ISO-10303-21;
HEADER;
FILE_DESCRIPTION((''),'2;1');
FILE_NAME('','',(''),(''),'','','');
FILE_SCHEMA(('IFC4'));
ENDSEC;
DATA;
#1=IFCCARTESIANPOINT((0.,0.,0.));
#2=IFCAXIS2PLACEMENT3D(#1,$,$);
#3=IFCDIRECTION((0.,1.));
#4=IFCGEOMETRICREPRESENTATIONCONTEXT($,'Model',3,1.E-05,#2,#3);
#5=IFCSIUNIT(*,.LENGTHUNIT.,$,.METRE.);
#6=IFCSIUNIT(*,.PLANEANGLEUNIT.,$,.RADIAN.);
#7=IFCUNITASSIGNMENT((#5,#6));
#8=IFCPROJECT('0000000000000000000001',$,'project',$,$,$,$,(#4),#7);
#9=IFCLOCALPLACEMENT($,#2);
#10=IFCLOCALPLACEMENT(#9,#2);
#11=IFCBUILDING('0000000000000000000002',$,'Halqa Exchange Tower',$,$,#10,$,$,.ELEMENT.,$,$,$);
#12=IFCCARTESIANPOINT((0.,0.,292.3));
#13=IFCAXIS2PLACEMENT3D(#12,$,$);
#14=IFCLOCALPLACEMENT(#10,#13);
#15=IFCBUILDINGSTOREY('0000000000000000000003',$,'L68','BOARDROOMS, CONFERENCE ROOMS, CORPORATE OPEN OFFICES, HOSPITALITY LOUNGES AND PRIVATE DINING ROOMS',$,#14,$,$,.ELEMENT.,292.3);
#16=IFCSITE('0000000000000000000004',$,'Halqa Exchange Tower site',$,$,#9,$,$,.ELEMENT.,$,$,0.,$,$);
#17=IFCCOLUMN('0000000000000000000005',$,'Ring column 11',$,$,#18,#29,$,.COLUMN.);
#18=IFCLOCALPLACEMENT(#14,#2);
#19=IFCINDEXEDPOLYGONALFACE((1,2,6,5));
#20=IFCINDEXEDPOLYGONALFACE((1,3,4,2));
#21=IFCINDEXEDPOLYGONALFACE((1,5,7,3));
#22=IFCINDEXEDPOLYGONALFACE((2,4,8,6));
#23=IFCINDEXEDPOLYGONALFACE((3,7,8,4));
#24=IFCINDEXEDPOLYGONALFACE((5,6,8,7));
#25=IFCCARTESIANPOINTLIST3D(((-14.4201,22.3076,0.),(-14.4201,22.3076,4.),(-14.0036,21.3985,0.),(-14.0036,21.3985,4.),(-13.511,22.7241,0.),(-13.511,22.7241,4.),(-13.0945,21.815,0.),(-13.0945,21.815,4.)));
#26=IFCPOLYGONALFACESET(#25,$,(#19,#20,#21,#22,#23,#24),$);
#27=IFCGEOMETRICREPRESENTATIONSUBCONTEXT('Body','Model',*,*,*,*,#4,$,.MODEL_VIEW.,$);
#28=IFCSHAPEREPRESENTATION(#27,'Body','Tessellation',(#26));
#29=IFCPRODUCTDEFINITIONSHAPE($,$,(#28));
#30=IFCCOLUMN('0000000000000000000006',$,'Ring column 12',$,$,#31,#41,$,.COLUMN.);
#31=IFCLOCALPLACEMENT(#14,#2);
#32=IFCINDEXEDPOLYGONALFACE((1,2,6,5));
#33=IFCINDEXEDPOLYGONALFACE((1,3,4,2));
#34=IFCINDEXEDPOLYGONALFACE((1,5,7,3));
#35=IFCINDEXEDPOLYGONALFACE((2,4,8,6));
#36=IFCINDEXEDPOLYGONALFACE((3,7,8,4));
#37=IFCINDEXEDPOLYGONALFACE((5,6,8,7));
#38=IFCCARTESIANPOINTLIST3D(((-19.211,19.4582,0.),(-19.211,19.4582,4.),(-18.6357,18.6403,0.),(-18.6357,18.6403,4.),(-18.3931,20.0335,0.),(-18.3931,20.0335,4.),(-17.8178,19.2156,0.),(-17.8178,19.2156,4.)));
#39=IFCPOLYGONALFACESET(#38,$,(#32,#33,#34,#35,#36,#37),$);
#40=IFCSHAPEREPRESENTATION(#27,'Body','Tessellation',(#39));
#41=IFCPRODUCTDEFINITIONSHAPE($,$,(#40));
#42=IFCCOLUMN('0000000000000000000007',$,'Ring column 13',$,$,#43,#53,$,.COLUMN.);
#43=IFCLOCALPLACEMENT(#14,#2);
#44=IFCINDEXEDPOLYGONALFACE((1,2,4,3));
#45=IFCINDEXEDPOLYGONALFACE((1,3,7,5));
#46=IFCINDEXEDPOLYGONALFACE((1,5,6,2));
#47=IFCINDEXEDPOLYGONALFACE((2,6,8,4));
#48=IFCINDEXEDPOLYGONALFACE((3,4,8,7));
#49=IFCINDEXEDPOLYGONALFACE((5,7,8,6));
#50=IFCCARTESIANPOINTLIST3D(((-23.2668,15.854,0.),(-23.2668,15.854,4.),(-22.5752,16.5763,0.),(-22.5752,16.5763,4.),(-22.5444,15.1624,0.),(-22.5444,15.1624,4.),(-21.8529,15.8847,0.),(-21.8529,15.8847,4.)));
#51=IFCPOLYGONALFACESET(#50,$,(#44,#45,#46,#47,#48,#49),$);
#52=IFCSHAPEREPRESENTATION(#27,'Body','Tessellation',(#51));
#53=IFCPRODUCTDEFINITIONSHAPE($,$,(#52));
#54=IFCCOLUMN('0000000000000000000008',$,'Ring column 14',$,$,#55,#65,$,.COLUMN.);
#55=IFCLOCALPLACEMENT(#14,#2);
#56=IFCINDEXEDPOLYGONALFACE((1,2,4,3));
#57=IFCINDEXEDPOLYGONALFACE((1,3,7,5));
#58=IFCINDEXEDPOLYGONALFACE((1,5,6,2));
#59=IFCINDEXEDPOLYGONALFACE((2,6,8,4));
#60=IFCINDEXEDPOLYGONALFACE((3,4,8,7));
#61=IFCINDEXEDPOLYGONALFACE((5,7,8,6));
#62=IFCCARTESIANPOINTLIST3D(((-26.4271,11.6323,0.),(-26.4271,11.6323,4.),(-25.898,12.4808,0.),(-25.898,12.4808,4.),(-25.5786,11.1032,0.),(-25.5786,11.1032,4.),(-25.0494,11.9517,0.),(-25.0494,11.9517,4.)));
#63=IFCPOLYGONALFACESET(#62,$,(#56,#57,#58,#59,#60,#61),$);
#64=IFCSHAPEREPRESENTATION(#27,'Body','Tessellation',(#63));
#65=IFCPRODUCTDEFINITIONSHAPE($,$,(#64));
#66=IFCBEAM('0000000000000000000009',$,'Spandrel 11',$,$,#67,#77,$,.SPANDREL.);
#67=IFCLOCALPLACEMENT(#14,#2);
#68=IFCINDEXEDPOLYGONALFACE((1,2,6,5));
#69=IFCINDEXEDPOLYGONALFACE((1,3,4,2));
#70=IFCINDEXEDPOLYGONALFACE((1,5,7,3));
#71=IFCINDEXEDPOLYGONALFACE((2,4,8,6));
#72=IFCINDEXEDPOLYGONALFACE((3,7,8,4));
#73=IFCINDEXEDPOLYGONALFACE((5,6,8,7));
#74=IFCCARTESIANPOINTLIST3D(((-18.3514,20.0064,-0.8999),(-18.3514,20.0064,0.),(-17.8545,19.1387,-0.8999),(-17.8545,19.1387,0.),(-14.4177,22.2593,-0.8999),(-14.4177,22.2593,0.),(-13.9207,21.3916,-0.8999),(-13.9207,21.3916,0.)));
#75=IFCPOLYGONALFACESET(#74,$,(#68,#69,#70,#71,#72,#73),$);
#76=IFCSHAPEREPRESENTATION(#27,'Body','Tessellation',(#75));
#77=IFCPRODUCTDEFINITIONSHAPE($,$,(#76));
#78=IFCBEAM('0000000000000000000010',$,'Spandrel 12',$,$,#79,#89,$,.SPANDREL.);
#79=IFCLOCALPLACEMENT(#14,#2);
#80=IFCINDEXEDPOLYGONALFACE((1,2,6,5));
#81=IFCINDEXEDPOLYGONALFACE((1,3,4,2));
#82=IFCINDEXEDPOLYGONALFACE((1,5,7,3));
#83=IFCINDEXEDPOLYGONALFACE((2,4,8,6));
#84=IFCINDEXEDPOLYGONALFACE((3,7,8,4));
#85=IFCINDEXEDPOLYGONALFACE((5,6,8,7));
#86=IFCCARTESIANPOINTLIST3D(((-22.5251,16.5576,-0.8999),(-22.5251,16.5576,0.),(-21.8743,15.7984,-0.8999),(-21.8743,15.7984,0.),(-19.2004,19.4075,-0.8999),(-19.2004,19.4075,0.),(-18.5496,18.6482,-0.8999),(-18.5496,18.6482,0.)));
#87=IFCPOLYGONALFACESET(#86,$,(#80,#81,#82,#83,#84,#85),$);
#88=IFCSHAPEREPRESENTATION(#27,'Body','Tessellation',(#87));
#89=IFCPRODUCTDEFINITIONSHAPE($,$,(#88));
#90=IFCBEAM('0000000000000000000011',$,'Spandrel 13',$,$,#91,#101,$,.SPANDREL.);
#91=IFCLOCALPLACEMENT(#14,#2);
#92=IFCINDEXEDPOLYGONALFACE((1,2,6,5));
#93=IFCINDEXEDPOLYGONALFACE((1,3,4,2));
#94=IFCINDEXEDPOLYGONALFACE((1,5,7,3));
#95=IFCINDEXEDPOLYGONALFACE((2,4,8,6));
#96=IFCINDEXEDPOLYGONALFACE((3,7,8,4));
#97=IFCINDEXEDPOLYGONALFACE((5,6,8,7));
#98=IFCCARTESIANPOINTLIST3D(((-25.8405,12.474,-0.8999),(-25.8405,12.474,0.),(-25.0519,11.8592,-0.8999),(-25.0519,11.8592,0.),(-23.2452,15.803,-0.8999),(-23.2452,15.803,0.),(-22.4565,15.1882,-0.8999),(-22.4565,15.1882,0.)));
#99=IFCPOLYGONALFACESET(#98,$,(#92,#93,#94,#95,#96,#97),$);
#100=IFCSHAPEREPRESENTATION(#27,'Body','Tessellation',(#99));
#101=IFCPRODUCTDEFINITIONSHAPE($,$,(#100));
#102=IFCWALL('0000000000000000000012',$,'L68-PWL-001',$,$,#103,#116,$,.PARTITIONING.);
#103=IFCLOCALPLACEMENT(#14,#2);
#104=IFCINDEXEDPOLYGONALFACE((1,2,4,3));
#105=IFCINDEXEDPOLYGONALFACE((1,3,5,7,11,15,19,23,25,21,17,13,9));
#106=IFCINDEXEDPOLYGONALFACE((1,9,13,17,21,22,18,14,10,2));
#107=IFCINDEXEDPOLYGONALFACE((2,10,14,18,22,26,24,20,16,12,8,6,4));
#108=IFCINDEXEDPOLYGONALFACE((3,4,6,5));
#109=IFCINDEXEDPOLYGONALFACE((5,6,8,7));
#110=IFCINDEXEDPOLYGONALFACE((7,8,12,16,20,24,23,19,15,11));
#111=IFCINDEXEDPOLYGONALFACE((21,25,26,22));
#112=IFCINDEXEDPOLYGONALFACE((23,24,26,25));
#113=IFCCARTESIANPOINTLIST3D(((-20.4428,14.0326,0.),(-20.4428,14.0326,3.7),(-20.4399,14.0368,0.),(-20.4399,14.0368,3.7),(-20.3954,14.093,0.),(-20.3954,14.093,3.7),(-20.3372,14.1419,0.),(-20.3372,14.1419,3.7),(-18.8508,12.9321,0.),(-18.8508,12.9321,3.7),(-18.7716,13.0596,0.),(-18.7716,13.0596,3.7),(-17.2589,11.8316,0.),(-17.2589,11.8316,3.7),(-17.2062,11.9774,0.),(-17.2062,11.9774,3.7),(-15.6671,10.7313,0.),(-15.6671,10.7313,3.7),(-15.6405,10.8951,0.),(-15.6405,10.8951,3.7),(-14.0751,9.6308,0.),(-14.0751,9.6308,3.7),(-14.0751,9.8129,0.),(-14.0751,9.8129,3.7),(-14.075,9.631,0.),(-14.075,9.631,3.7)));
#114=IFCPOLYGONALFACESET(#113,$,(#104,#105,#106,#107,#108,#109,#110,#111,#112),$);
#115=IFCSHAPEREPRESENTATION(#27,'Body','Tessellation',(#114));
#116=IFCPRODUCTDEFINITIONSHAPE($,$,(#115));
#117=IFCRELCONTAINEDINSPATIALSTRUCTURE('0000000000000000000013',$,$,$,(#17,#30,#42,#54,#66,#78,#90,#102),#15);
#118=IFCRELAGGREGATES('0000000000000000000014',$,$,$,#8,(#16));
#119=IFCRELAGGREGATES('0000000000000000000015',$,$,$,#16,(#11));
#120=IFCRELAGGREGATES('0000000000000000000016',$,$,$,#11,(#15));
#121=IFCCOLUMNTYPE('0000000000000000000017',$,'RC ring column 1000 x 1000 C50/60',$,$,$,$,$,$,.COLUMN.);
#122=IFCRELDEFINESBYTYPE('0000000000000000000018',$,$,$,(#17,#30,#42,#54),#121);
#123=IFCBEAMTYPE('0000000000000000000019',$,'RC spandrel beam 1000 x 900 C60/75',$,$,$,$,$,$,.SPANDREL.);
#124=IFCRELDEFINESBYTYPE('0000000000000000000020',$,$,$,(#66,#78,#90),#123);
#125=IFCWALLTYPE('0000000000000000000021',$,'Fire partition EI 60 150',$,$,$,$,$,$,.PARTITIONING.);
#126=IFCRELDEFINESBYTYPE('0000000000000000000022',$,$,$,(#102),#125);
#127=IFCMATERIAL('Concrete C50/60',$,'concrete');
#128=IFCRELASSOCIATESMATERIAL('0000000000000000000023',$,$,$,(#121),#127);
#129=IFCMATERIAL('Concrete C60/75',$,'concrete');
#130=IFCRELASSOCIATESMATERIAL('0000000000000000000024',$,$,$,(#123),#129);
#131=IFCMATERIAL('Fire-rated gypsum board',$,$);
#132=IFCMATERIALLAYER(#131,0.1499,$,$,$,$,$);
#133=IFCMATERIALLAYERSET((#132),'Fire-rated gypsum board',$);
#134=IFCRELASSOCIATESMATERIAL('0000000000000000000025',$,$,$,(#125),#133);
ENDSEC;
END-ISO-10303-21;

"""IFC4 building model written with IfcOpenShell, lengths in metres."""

from ifc_helpers import new_model, si_unit, direction, frame, origin, origin_2d, place, context, subcontext, project, spatial, polyline, rectangle, outline, extrude, material, layer, layer_set, material_profile, profile_set, type_object, element, save


model = new_model("IFC4")

# Units and contexts
model_context = context("Model", 3, precision=1e-05, world=origin(), true_north=direction((0.0, 1.0)))
body_context = subcontext(model_context, "Body", "Model", "MODEL_VIEW")
ifc_project = project(units=[si_unit("LENGTHUNIT", "METRE"), si_unit("PLANEANGLEUNIT", "RADIAN")], contexts=[model_context])

# Site, building, storey
site_placement = place(None, origin())
site = spatial("IfcSite", under=ifc_project, at=site_placement, Name="Halqa Exchange Tower site", CompositionType="ELEMENT", RefElevation=0.0)
building_placement = place(site_placement, origin())
building = spatial("IfcBuilding", under=site, at=building_placement, Name="Halqa Exchange Tower", CompositionType="ELEMENT")
storey_placement = place(building_placement, frame((0.0, 0.0, 292.3)))
storey = spatial("IfcBuildingStorey", under=building, at=storey_placement, Name="L68", Description="BOARDROOMS, CONFERENCE ROOMS, CORPORATE OPEN OFFICES, HOSPITALITY LOUNGES AND PRIVATE DINING ROOMS", CompositionType="ELEMENT", Elevation=292.3)

# Columns
ifc_material_1 = material(Name="Concrete C50/60", Category="concrete")
ifc_material_profile_1 = material_profile(ifc_material_1, rectangle(XDim=1.0, YDim=1.0, at=origin_2d()), Name="1000 x 1000")
ifc_profile_set_1 = profile_set([ifc_material_profile_1], Name="Concrete C50/60")
column_type = type_object("IfcColumnType", Name="RC ring column 1000 x 1000 C50/60", PredefinedType="COLUMN", material=ifc_profile_set_1)
for number, where, z_axis, x_axis, name in (
    (1, (-13.7573, 22.0613, 0.0), (0.0, 0.0, 1.0), (-0.909129, -0.416516, 0.0), "Ring column 11"),
    (2, (-18.5144, 19.3369, 0.0), (0.0, 0.0, 1.0), (-0.817906, -0.575352, 0.0), "Ring column 12"),
    (3, (-22.5598, 15.8694, 0.0), (0.0, 0.0, 1.0), (-0.691575, -0.722305, 0.0), "Ring column 13"),
    (4, (-25.7383, 11.792, 0.0), (0.0, 0.0, 1.0), (-0.529142, -0.848533, 0.0), "Ring column 14"),
):
    element("IfcColumn", number, at=place(storey_placement, frame(where, z_axis=z_axis, x_axis=x_axis)), inside=storey, type_object=column_type, Name=name, PredefinedType="COLUMN", context=body_context, shape_type="SweptSolid", body=[
        extrude(rectangle(XDim=1.0, YDim=1.0, at=origin_2d()), origin(), (0.0, 0.0, 1.0), 4.0),
    ])

# Beams
ifc_material_2 = material(Name="Concrete C60/75", Category="concrete")
ifc_material_profile_2 = material_profile(ifc_material_2, rectangle(XDim=1.0, YDim=0.8999, at=origin_2d()), Name="1000 x 900")
ifc_profile_set_2 = profile_set([ifc_material_profile_2], Name="Concrete C60/75")
beam_type = type_object("IfcBeamType", Name="RC spandrel beam 1000 x 900 C60/75", PredefinedType="SPANDREL", material=ifc_profile_set_2)
beam_1_placement = place(storey_placement, frame((-14.1692, 21.8254, -0.45), z_axis=(-0.867766, -0.496974, 0.0), x_axis=(0.496974, -0.867766, 0.0)))
element("IfcBeam", 5, at=beam_1_placement, inside=storey, type_object=beam_type, Name="Spandrel 11", PredefinedType="SPANDREL", context=body_context, shape_type="SweptSolid", body=[
    extrude(rectangle(XDim=1.0, YDim=0.8999, at=origin_2d()), origin(), (0.0, 0.0, 1.0), 4.5332),
])
beam_2_placement = place(storey_placement, frame((-18.875, 19.0278, -0.45), z_axis=(-0.759245, -0.650805, 0.0), x_axis=(0.650805, -0.759245, 0.0)))
element("IfcBeam", 6, at=beam_2_placement, inside=storey, type_object=beam_type, Name="Spandrel 12", PredefinedType="SPANDREL", context=body_context, shape_type="SweptSolid", body=[
    extrude(rectangle(XDim=1.0, YDim=0.8999, at=origin_2d()), origin(), (0.0, 0.0, 1.0), 4.3789),
])
beam_3_placement = place(storey_placement, frame((-22.8508, 15.4956, -0.45), z_axis=(-0.614849, -0.788645, 0.0), x_axis=(0.788645, -0.614849, 0.0)))
element("IfcBeam", 7, at=beam_3_placement, inside=storey, type_object=beam_type, Name="Spandrel 13", PredefinedType="SPANDREL", context=body_context, shape_type="SweptSolid", body=[
    extrude(rectangle(XDim=1.0, YDim=0.8999, at=origin_2d()), origin(), (0.0, 0.0, 1.0), 4.2212),
])

# Wall
ifc_material_3 = material(Name="Fire-rated gypsum board")
ifc_layer_1 = layer(ifc_material_3, 0.1499)
ifc_layer_set_1 = layer_set([ifc_layer_1], Name="Fire-rated gypsum board")
wall_type_1 = type_object("IfcWallType", Name="Fire partition EI 60 150", PredefinedType="PARTITIONING", material=ifc_layer_set_1)
wall_1_placement = place(storey_placement, frame((-20.4001, 14.0942, 0.0), z_axis=(0.0, 0.0, 1.0), x_axis=(0.822587, -0.568639, 0.0)))
element("IfcWall", 8, at=wall_1_placement, inside=storey, type_object=wall_type_1, Name="L68-PWL-001", PredefinedType="PARTITIONING", context=body_context, shape_type="SweptSolid", body=[
    extrude(outline(polyline([(7.741, -0.075), (7.741, -0.0747), (7.6375, 0.075), (5.7344, 0.075), (3.8311, 0.075), (1.928, 0.075), (0.0247, 0.075), (0.0046, 0.0017), (0.0, -0.0698), (0.0, -0.075), (1.9353, -0.075), (3.8706, -0.075), (5.8057, -0.075), (7.741, -0.075)])), origin(), (0.0, 0.0, 1.0), 3.7),
])

save(model, "model.ifc")
